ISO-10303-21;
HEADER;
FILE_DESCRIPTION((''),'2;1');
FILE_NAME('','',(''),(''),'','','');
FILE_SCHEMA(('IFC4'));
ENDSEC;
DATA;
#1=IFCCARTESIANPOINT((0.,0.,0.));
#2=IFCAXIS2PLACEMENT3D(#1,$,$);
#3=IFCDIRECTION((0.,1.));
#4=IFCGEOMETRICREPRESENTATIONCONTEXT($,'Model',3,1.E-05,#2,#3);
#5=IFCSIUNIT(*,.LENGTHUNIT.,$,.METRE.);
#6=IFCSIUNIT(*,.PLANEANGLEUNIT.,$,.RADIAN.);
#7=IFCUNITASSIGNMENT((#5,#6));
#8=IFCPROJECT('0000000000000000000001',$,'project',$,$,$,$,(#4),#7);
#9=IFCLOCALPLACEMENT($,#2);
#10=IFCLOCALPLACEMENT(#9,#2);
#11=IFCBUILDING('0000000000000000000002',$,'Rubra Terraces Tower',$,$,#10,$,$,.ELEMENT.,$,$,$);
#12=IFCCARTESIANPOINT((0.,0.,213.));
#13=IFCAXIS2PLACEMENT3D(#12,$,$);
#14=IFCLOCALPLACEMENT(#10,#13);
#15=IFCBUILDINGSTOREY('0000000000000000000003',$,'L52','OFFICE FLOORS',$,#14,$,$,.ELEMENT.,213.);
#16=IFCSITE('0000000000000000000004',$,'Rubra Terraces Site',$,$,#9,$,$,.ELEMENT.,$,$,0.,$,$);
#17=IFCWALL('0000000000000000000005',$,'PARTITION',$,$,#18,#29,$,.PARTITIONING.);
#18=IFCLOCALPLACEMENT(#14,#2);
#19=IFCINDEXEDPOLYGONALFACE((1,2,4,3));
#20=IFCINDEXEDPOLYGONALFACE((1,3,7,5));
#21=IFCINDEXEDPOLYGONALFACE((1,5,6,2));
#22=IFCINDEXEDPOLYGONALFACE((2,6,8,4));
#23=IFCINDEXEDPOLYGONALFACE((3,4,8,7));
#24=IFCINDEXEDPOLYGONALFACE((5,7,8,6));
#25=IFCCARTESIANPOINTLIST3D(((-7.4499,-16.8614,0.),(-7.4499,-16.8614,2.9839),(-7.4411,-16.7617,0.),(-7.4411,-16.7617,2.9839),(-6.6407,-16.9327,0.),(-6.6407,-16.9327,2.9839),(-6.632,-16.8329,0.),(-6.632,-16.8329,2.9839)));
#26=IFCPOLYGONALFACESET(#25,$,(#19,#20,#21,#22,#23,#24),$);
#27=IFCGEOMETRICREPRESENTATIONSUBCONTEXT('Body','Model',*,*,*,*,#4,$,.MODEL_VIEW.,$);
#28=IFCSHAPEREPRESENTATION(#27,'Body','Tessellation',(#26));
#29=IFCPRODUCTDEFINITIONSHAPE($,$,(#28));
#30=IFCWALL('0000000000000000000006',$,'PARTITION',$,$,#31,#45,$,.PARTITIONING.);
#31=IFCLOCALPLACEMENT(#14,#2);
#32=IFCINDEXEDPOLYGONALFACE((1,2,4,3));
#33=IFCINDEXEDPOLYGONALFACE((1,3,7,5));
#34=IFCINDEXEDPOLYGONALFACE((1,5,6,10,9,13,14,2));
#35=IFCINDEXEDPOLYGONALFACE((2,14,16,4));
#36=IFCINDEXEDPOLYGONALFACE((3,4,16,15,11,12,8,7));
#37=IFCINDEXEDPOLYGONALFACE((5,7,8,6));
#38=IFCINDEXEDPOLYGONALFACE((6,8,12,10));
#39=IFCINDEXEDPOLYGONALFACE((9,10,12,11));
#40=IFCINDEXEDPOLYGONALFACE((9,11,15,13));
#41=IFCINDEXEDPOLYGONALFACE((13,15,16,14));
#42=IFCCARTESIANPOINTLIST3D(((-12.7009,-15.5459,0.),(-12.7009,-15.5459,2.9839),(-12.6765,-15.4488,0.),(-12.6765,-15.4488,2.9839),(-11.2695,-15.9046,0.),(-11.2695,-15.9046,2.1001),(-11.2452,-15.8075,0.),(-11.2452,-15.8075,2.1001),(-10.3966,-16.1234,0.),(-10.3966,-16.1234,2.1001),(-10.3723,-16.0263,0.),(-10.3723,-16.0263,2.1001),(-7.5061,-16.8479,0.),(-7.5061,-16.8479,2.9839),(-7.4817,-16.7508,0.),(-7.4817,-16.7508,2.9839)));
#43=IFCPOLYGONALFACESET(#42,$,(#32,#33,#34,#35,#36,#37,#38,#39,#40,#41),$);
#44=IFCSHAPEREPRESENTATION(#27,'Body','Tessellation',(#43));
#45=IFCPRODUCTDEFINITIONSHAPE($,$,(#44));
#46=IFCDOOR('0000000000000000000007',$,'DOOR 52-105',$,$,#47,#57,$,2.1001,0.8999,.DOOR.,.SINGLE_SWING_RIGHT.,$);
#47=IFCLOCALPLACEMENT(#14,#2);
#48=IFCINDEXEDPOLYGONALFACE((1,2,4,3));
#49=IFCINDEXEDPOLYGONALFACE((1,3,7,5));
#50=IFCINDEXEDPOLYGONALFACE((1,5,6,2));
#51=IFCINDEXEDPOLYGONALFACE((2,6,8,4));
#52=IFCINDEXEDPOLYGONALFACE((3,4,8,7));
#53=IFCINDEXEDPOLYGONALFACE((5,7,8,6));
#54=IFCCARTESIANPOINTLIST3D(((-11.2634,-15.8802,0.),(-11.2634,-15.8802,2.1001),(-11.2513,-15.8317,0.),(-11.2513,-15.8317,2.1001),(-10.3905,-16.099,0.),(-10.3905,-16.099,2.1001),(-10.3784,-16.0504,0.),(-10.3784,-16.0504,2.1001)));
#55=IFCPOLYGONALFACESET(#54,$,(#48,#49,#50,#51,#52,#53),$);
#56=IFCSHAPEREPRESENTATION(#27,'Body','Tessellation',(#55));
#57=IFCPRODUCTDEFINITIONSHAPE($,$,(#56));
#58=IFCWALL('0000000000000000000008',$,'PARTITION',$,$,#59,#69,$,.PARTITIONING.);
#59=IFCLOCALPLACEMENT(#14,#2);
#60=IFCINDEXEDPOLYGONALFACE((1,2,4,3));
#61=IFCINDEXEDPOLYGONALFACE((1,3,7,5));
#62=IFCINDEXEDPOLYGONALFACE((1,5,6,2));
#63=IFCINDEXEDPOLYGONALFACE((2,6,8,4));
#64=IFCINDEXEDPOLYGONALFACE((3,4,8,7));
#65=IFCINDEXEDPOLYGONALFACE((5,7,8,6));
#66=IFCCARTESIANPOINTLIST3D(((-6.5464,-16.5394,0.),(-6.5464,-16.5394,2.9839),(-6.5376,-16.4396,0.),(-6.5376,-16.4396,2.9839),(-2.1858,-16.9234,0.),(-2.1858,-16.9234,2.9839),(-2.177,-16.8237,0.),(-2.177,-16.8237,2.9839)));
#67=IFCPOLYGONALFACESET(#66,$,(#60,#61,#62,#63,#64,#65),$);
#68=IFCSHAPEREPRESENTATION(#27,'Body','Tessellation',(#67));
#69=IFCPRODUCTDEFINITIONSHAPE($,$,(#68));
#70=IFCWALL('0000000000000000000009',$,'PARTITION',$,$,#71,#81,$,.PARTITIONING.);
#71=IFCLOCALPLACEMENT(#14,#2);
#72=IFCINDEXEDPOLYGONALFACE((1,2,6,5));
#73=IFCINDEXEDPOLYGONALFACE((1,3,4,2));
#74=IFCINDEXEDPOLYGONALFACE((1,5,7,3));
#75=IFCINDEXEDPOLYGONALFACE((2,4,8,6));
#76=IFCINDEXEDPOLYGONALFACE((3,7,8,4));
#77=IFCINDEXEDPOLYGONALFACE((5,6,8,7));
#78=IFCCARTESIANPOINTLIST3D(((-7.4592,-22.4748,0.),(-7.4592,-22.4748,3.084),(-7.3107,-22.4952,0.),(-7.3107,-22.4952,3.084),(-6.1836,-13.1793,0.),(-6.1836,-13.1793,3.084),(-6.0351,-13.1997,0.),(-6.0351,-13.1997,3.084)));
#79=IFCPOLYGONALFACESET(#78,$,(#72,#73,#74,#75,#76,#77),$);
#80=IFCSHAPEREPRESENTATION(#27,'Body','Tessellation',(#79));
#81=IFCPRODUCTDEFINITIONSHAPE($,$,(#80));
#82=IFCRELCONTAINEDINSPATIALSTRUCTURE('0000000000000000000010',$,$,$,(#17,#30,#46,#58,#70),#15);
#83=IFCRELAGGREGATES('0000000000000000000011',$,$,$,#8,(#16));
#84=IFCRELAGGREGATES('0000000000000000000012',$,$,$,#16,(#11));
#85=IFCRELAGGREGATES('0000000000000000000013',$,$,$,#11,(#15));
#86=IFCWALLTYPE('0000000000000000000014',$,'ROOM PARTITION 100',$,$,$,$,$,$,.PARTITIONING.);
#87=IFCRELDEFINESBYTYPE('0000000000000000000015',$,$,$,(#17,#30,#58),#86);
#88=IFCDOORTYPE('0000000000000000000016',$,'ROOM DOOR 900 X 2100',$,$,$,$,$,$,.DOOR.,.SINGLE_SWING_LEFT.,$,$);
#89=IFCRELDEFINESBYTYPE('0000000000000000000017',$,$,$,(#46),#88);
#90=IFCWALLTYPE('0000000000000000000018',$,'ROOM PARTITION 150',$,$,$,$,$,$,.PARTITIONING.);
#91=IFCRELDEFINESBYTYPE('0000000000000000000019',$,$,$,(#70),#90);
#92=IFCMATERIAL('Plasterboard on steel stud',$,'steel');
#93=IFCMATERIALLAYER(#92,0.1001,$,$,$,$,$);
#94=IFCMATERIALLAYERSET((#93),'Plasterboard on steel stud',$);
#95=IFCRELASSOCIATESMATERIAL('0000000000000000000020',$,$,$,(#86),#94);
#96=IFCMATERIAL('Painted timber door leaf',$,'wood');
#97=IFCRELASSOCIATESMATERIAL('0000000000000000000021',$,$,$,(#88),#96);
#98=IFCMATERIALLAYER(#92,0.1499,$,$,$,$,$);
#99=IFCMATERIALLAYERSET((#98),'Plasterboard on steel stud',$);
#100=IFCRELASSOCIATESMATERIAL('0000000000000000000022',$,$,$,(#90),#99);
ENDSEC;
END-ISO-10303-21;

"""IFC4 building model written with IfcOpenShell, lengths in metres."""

from ifc_helpers import new_model, si_unit, direction, frame, frame_2d, origin, place, context, subcontext, project, spatial, rectangle, extrude, material, layer, layer_set, type_object, element, fill, save


model = new_model("IFC4")

# Units and contexts
model_context = context("Model", 3, precision=1e-05, world=origin(), true_north=direction((0.0, 1.0)))
body_context = subcontext(model_context, "Body", "Model", "MODEL_VIEW")
ifc_project = project(units=[si_unit("LENGTHUNIT", "METRE"), si_unit("PLANEANGLEUNIT", "RADIAN")], contexts=[model_context])

# Site, building, storey
site_placement = place(None, origin())
site = spatial("IfcSite", under=ifc_project, at=site_placement, Name="Rubra Terraces Site", CompositionType="ELEMENT", RefElevation=0.0)
building_placement = place(site_placement, origin())
building = spatial("IfcBuilding", under=site, at=building_placement, Name="Rubra Terraces Tower", CompositionType="ELEMENT")
storey_placement = place(building_placement, frame((0.0, 0.0, 213.0)))
storey = spatial("IfcBuildingStorey", under=building, at=storey_placement, Name="L52", Description="OFFICE FLOORS", CompositionType="ELEMENT", Elevation=213.0)

# Wall
ifc_material_1 = material(Name="Plasterboard on steel stud", Category="steel")
ifc_layer_1 = layer(ifc_material_1, 0.1001)
ifc_layer_set_1 = layer_set([ifc_layer_1], Name="Plasterboard on steel stud")
wall_type_1 = type_object("IfcWallType", Name="ROOM PARTITION 100", PredefinedType="PARTITIONING", material=ifc_layer_set_1)
wall_1_placement = place(storey_placement, frame((-6.6362, -16.8828, 0.0), z_axis=(0.0, 0.0, 1.0), x_axis=(-0.996141, 0.087771, 0.0)))
element("IfcWall", 1, at=wall_1_placement, inside=storey, type_object=wall_type_1, Name="PARTITION", PredefinedType="PARTITIONING", context=body_context, shape_type="SweptSolid", body=[
    extrude(rectangle(XDim=0.8123, YDim=0.1001, at=frame_2d((0.4062, 0.0))), origin(), (0.0, 0.0, 1.0), 2.9839),
])

# Wall, opening, door
wall_2_placement = place(storey_placement, frame((-7.4939, -16.7993, 0.0), z_axis=(0.0, 0.0, 1.0), x_axis=(-0.969998, 0.243115, 0.0)))
wall_2 = element("IfcWall", 2, at=wall_2_placement, inside=storey, type_object=wall_type_1, Name="PARTITION", PredefinedType="PARTITIONING", context=body_context, shape_type="SweptSolid", body=[
    extrude(rectangle(XDim=5.3555, YDim=0.1001, at=frame_2d((2.6777, 0.0))), origin(), (0.0, 0.0, 1.0), 2.9839),
])
opening_1_placement = place(wall_2_placement, frame((2.98, 0.0, 0.0)))
opening_1 = element("IfcOpeningElement", 3, at=opening_1_placement, cuts=wall_2, PredefinedType="OPENING", context=body_context, shape_type="SweptSolid", body=[
    extrude(rectangle(XDim=0.8999, YDim=2.1001, at=frame_2d((0.45, 1.05))), frame((0.0, 0.0601, 0.0), z_axis=(0.0, -1.0, 0.0), x_axis=(1.0, 0.0, 0.0)), (0.0, 0.0, 1.0), 0.1201),
])
ifc_material_2 = material(Name="Painted timber door leaf", Category="wood")
door_type = type_object("IfcDoorType", Name="ROOM DOOR 900 X 2100", OperationType="SINGLE_SWING_LEFT", PredefinedType="DOOR", material=ifc_material_2)
door_placement = place(opening_1_placement, origin())
door = element("IfcDoor", 4, at=door_placement, inside=storey, type_object=door_type, Name="DOOR 52-105", OperationType="SINGLE_SWING_RIGHT", OverallHeight=2.1001, OverallWidth=0.8999, PredefinedType="DOOR", context=body_context, shape_type="SweptSolid", body=[
    extrude(rectangle(XDim=0.8999, YDim=2.1001, at=frame_2d((0.45, 1.05))), frame((0.0, 0.0249, 0.0), z_axis=(0.0, -1.0, 0.0), x_axis=(1.0, 0.0, 0.0)), (0.0, 0.0, 1.0), 0.05),
])
fill(opening_1, door)

# Walls
wall_3_placement = place(storey_placement, frame((-2.1814, -16.8735, 0.0), z_axis=(0.0, 0.0, 1.0), x_axis=(-0.996144, 0.087729, 0.0)))
element("IfcWall", 5, at=wall_3_placement, inside=storey, type_object=wall_type_1, Name="PARTITION", PredefinedType="PARTITIONING", context=body_context, shape_type="SweptSolid", body=[
    extrude(rectangle(XDim=4.3774, YDim=0.1001, at=frame_2d((2.1887, 0.0))), origin(), (0.0, 0.0, 1.0), 2.9839),
])
ifc_layer_2 = layer(ifc_material_1, 0.1499)
ifc_layer_set_2 = layer_set([ifc_layer_2], Name="Plasterboard on steel stud")
wall_type_2 = type_object("IfcWallType", Name="ROOM PARTITION 150", PredefinedType="PARTITIONING", material=ifc_layer_set_2)
wall_4_placement = place(storey_placement, frame((-7.385, -22.4851, 0.0), z_axis=(0.0, 0.0, 1.0), x_axis=(0.135958, 0.990715, 0.0)))
element("IfcWall", 6, at=wall_4_placement, inside=storey, type_object=wall_type_2, Name="PARTITION", PredefinedType="PARTITIONING", context=body_context, shape_type="SweptSolid", body=[
    extrude(rectangle(XDim=9.3826, YDim=0.1499, at=frame_2d((4.6914, 0.0))), origin(), (0.0, 0.0, 1.0), 3.084),
])

save(model, "model.ifc")
